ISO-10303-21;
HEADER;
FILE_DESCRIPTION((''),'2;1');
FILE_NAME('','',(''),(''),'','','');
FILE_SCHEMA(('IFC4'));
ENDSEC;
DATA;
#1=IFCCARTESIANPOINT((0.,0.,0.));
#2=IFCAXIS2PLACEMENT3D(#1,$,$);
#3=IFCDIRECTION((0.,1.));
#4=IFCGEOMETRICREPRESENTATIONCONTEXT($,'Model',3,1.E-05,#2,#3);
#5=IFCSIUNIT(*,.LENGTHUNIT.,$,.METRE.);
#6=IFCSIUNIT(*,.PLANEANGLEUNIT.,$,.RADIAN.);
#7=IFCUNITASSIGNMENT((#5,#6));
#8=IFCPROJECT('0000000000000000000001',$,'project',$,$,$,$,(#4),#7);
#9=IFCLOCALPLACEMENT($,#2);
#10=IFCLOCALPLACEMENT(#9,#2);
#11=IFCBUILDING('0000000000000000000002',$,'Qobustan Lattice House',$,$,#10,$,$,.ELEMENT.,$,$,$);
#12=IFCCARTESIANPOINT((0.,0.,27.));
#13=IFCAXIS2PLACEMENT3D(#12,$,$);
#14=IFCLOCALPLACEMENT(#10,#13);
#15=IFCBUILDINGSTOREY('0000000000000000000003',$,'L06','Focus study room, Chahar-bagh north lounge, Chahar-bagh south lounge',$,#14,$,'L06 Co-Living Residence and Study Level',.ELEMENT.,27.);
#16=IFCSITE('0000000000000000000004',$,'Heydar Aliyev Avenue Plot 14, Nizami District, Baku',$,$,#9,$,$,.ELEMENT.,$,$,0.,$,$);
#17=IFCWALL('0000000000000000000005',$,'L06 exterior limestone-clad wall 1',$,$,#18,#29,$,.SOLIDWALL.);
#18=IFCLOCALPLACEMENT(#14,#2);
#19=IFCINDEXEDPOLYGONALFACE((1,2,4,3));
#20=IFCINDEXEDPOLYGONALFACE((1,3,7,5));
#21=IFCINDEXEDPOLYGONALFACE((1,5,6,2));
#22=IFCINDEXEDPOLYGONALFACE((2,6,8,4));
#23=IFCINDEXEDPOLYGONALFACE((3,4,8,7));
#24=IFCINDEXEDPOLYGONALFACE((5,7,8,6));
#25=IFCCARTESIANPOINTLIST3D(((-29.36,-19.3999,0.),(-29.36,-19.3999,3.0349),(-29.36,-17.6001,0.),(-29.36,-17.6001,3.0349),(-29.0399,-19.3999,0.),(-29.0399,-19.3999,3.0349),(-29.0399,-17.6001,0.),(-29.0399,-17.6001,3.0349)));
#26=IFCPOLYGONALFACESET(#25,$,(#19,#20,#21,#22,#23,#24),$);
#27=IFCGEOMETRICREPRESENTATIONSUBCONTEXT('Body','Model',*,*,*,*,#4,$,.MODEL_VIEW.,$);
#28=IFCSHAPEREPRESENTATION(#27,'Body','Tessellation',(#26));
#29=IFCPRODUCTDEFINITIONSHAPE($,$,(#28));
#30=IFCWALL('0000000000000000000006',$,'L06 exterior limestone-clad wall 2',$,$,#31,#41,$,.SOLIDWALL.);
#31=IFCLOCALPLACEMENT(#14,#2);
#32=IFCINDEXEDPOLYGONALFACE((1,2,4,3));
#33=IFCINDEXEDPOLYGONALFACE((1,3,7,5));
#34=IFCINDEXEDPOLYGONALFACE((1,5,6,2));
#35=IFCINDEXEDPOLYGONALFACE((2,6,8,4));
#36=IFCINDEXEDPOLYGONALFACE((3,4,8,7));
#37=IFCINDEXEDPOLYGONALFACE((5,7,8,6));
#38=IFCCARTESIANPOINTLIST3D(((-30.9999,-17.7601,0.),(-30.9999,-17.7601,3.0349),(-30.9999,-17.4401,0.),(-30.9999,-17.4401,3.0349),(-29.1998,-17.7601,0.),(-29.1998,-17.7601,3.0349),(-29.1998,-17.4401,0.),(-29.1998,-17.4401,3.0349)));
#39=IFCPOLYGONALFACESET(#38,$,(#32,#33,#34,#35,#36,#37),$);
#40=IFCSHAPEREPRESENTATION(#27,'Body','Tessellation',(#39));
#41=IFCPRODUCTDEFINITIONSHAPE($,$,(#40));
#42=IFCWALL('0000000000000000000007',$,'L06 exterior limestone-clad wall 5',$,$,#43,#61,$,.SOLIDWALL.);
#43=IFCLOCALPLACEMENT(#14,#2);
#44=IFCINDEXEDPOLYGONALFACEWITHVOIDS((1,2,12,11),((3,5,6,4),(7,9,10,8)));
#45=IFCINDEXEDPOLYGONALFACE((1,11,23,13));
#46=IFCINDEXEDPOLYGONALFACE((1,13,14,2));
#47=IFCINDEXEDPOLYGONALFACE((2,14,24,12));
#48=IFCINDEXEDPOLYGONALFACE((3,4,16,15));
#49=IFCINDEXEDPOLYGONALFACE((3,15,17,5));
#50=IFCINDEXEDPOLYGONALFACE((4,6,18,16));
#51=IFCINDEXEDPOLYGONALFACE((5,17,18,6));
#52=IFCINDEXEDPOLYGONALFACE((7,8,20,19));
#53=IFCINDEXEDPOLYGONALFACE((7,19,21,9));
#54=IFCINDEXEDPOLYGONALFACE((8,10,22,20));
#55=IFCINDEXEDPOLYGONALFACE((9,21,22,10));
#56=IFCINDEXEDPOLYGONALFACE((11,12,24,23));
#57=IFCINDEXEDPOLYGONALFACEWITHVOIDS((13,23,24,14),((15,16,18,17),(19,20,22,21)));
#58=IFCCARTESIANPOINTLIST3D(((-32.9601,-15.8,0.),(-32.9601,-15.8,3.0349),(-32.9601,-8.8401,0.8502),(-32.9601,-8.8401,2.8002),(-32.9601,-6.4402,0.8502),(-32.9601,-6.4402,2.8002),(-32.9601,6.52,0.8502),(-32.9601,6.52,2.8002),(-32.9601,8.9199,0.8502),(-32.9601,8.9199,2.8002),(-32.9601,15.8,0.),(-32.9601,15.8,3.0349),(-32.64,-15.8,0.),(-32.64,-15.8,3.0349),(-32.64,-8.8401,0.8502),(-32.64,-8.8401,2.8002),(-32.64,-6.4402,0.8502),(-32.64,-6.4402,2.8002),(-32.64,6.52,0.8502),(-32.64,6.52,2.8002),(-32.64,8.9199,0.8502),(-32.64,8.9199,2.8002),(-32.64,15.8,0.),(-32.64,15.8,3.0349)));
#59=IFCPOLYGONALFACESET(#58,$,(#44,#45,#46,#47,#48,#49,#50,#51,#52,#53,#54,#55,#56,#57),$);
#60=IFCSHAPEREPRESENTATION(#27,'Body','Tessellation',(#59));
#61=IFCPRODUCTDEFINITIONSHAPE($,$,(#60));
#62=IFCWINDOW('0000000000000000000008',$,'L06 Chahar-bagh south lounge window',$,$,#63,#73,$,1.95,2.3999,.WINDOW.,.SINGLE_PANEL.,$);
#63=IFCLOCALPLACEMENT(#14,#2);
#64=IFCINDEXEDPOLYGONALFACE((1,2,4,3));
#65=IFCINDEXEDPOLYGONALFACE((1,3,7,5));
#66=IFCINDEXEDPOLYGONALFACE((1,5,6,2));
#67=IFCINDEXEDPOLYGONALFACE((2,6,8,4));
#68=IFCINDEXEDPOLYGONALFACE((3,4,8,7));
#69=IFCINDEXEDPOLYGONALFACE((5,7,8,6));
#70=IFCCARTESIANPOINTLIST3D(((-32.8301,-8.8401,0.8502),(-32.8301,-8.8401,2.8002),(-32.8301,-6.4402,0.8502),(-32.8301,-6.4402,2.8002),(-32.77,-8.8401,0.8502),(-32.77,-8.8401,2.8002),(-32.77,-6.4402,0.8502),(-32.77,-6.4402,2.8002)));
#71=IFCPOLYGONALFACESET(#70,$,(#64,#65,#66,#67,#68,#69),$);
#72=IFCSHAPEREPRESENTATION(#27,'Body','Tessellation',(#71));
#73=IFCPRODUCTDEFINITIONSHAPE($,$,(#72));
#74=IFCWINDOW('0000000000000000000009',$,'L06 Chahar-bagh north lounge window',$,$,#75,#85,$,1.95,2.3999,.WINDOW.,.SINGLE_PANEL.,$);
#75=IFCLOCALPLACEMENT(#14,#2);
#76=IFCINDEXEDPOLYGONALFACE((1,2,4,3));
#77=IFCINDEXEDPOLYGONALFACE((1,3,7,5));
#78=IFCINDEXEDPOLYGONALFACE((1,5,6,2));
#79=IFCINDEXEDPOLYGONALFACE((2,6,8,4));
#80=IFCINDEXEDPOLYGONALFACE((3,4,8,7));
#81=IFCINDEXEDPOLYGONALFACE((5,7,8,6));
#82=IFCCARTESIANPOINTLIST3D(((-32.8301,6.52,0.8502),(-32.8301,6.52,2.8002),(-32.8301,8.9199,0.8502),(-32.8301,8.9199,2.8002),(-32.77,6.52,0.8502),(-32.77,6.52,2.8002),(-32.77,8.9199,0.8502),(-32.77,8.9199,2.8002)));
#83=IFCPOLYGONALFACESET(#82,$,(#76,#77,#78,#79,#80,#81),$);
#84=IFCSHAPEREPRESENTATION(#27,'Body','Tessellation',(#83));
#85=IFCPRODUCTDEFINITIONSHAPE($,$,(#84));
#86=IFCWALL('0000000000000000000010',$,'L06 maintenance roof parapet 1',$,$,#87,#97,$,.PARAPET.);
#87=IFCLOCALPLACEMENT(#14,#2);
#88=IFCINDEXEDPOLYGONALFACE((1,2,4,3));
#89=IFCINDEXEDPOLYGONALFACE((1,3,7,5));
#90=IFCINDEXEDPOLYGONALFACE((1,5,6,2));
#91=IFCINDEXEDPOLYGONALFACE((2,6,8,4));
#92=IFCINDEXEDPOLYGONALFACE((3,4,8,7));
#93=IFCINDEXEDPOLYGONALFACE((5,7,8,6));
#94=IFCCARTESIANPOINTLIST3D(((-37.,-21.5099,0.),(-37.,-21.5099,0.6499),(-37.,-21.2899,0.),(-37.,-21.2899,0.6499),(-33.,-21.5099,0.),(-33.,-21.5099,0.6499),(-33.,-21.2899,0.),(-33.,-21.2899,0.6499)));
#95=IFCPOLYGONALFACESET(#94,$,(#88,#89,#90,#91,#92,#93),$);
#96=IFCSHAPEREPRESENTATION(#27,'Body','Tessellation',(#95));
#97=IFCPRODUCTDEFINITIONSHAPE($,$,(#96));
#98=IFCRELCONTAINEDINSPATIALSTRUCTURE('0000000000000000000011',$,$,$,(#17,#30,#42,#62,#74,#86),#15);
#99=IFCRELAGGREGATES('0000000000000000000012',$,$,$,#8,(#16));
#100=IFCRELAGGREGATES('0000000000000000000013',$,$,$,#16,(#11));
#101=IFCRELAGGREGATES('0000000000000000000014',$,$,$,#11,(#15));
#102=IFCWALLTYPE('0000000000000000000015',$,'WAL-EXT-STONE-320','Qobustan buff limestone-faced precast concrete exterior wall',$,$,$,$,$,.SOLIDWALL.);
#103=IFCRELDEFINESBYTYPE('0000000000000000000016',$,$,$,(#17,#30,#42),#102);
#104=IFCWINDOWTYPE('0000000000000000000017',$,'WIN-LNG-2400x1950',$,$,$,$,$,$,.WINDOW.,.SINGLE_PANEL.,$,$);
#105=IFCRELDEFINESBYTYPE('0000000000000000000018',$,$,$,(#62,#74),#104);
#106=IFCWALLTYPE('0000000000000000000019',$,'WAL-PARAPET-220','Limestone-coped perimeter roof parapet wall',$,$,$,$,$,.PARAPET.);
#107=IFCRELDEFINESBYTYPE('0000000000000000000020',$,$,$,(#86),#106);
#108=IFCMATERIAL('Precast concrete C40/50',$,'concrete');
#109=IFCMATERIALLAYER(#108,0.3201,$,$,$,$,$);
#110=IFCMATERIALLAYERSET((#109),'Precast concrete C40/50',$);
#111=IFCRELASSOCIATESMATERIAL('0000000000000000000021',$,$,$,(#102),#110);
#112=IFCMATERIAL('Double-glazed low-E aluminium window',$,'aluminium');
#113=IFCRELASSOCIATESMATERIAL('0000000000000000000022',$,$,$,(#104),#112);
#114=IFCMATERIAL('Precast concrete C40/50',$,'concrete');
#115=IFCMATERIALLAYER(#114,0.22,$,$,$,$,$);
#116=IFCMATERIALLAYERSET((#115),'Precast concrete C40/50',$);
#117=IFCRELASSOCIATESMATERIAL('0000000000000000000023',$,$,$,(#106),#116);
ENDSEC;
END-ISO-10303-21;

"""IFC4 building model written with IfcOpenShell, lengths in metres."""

from ifc_helpers import new_model, si_unit, direction, frame, frame_2d, origin, place, context, subcontext, project, spatial, rectangle, extrude, material, layer, layer_set, type_object, element, fill, save


model = new_model("IFC4")

# Units and contexts
model_context = context("Model", 3, precision=1e-05, world=origin(), true_north=direction((0.0, 1.0)))
body_context = subcontext(model_context, "Body", "Model", "MODEL_VIEW")
ifc_project = project(units=[si_unit("LENGTHUNIT", "METRE"), si_unit("PLANEANGLEUNIT", "RADIAN")], contexts=[model_context])

# Site, building, storey
site_placement = place(None, origin())
site = spatial("IfcSite", under=ifc_project, at=site_placement, Name="Heydar Aliyev Avenue Plot 14, Nizami District, Baku", CompositionType="ELEMENT", RefElevation=0.0)
building_placement = place(site_placement, origin())
building = spatial("IfcBuilding", under=site, at=building_placement, Name="Qobustan Lattice House", CompositionType="ELEMENT")
storey_placement = place(building_placement, frame((0.0, 0.0, 27.0)))
storey = spatial("IfcBuildingStorey", under=building, at=storey_placement, Name="L06", Description="Focus study room, Chahar-bagh north lounge, Chahar-bagh south lounge", LongName="L06 Co-Living Residence and Study Level", CompositionType="ELEMENT", Elevation=27.0)

# Walls
ifc_material_1 = material(Name="Precast concrete C40/50", Category="concrete")
ifc_layer_1 = layer(ifc_material_1, 0.3201)
ifc_layer_set_1 = layer_set([ifc_layer_1], Name="Precast concrete C40/50")
wall_type_1 = type_object("IfcWallType", Name="WAL-EXT-STONE-320", Description="Qobustan buff limestone-faced precast concrete exterior wall", PredefinedType="SOLIDWALL", material=ifc_layer_set_1)
wall_1_placement = place(storey_placement, frame((-29.2, -19.3999, 0.0), z_axis=(0.0, 0.0, 1.0), x_axis=(0.0, 1.0, 0.0)))
element("IfcWall", 1, at=wall_1_placement, inside=storey, type_object=wall_type_1, Name="L06 exterior limestone-clad wall 1", PredefinedType="SOLIDWALL", context=body_context, shape_type="SweptSolid", body=[
    extrude(rectangle(XDim=1.7998, YDim=0.3201, at=frame_2d((0.8999, 0.0))), origin(), (0.0, 0.0, 1.0), 3.0349),
])
wall_2_placement = place(storey_placement, frame((-29.2, -17.6001, 0.0), z_axis=(0.0, 0.0, 1.0), x_axis=(-1.0, 0.0, 0.0)))
element("IfcWall", 2, at=wall_2_placement, inside=storey, type_object=wall_type_1, Name="L06 exterior limestone-clad wall 2", PredefinedType="SOLIDWALL", context=body_context, shape_type="SweptSolid", body=[
    extrude(rectangle(XDim=1.8, YDim=0.3201, at=frame_2d((0.8999, 0.0))), origin(), (0.0, 0.0, 1.0), 3.0349),
])

# Wall, openings, windows
wall_3_placement = place(storey_placement, frame((-32.8, -15.8, 0.0), z_axis=(0.0, 0.0, 1.0), x_axis=(0.0, 1.0, 0.0)))
wall_3 = element("IfcWall", 3, at=wall_3_placement, inside=storey, type_object=wall_type_1, Name="L06 exterior limestone-clad wall 5", PredefinedType="SOLIDWALL", context=body_context, shape_type="SweptSolid", body=[
    extrude(rectangle(XDim=31.6001, YDim=0.3201, at=frame_2d((15.8, 0.0))), origin(), (0.0, 0.0, 1.0), 3.0349),
])
opening_1_placement = place(wall_3_placement, frame((6.96, 0.0, 0.8501)))
opening_1 = element("IfcOpeningElement", 4, at=opening_1_placement, cuts=wall_3, PredefinedType="OPENING", context=body_context, shape_type="SweptSolid", body=[
    extrude(rectangle(XDim=2.3999, YDim=1.95, at=frame_2d((1.2, 0.9751))), frame((0.0, 0.1699, 0.0), z_axis=(0.0, -1.0, 0.0), x_axis=(1.0, 0.0, 0.0)), (0.0, 0.0, 1.0), 0.3401),
])
opening_2_placement = place(wall_3_placement, frame((22.3201, 0.0, 0.8501)))
opening_2 = element("IfcOpeningElement", 5, at=opening_2_placement, cuts=wall_3, PredefinedType="OPENING", context=body_context, shape_type="SweptSolid", body=[
    extrude(rectangle(XDim=2.3999, YDim=1.95, at=frame_2d((1.2, 0.9751))), frame((0.0, 0.1699, 0.0), z_axis=(0.0, -1.0, 0.0), x_axis=(1.0, 0.0, 0.0)), (0.0, 0.0, 1.0), 0.3401),
])
ifc_material_2 = material(Name="Double-glazed low-E aluminium window", Category="aluminium")
window_type = type_object("IfcWindowType", Name="WIN-LNG-2400x1950", PartitioningType="SINGLE_PANEL", PredefinedType="WINDOW", material=ifc_material_2)
window_1_placement = place(opening_1_placement, origin())
window_1 = element("IfcWindow", 6, at=window_1_placement, inside=storey, type_object=window_type, Name="L06 Chahar-bagh south lounge window", OverallHeight=1.95, OverallWidth=2.3999, PartitioningType="SINGLE_PANEL", PredefinedType="WINDOW", context=body_context, shape_type="SweptSolid", body=[
    extrude(rectangle(XDim=2.3999, YDim=1.95, at=frame_2d((1.2, 0.9751))), frame((0.0, 0.03, 0.0), z_axis=(0.0, -1.0, 0.0), x_axis=(1.0, 0.0, 0.0)), (0.0, 0.0, 1.0), 0.0601),
])
fill(opening_1, window_1)
window_2_placement = place(opening_2_placement, origin())
window_2 = element("IfcWindow", 7, at=window_2_placement, inside=storey, type_object=window_type, Name="L06 Chahar-bagh north lounge window", OverallHeight=1.95, OverallWidth=2.3999, PartitioningType="SINGLE_PANEL", PredefinedType="WINDOW", context=body_context, shape_type="SweptSolid", body=[
    extrude(rectangle(XDim=2.3999, YDim=1.95, at=frame_2d((1.2, 0.9751))), frame((0.0, 0.03, 0.0), z_axis=(0.0, -1.0, 0.0), x_axis=(1.0, 0.0, 0.0)), (0.0, 0.0, 1.0), 0.0601),
])
fill(opening_2, window_2)

# Wall
ifc_material_3 = material(Name="Precast concrete C40/50", Category="concrete")
ifc_layer_2 = layer(ifc_material_3, 0.22)
ifc_layer_set_2 = layer_set([ifc_layer_2], Name="Precast concrete C40/50")
wall_type_2 = type_object("IfcWallType", Name="WAL-PARAPET-220", Description="Limestone-coped perimeter roof parapet wall", PredefinedType="PARAPET", material=ifc_layer_set_2)
wall_4_placement = place(storey_placement, frame((-37.0, -21.3999, 0.0), z_axis=(0.0, 0.0, 1.0), x_axis=(1.0, 0.0, 0.0)))
element("IfcWall", 8, at=wall_4_placement, inside=storey, type_object=wall_type_2, Name="L06 maintenance roof parapet 1", PredefinedType="PARAPET", context=body_context, shape_type="SweptSolid", body=[
    extrude(rectangle(XDim=4.0, YDim=0.22, at=frame_2d((2.0, 0.0))), origin(), (0.0, 0.0, 1.0), 0.6499),
])

save(model, "model.ifc")
